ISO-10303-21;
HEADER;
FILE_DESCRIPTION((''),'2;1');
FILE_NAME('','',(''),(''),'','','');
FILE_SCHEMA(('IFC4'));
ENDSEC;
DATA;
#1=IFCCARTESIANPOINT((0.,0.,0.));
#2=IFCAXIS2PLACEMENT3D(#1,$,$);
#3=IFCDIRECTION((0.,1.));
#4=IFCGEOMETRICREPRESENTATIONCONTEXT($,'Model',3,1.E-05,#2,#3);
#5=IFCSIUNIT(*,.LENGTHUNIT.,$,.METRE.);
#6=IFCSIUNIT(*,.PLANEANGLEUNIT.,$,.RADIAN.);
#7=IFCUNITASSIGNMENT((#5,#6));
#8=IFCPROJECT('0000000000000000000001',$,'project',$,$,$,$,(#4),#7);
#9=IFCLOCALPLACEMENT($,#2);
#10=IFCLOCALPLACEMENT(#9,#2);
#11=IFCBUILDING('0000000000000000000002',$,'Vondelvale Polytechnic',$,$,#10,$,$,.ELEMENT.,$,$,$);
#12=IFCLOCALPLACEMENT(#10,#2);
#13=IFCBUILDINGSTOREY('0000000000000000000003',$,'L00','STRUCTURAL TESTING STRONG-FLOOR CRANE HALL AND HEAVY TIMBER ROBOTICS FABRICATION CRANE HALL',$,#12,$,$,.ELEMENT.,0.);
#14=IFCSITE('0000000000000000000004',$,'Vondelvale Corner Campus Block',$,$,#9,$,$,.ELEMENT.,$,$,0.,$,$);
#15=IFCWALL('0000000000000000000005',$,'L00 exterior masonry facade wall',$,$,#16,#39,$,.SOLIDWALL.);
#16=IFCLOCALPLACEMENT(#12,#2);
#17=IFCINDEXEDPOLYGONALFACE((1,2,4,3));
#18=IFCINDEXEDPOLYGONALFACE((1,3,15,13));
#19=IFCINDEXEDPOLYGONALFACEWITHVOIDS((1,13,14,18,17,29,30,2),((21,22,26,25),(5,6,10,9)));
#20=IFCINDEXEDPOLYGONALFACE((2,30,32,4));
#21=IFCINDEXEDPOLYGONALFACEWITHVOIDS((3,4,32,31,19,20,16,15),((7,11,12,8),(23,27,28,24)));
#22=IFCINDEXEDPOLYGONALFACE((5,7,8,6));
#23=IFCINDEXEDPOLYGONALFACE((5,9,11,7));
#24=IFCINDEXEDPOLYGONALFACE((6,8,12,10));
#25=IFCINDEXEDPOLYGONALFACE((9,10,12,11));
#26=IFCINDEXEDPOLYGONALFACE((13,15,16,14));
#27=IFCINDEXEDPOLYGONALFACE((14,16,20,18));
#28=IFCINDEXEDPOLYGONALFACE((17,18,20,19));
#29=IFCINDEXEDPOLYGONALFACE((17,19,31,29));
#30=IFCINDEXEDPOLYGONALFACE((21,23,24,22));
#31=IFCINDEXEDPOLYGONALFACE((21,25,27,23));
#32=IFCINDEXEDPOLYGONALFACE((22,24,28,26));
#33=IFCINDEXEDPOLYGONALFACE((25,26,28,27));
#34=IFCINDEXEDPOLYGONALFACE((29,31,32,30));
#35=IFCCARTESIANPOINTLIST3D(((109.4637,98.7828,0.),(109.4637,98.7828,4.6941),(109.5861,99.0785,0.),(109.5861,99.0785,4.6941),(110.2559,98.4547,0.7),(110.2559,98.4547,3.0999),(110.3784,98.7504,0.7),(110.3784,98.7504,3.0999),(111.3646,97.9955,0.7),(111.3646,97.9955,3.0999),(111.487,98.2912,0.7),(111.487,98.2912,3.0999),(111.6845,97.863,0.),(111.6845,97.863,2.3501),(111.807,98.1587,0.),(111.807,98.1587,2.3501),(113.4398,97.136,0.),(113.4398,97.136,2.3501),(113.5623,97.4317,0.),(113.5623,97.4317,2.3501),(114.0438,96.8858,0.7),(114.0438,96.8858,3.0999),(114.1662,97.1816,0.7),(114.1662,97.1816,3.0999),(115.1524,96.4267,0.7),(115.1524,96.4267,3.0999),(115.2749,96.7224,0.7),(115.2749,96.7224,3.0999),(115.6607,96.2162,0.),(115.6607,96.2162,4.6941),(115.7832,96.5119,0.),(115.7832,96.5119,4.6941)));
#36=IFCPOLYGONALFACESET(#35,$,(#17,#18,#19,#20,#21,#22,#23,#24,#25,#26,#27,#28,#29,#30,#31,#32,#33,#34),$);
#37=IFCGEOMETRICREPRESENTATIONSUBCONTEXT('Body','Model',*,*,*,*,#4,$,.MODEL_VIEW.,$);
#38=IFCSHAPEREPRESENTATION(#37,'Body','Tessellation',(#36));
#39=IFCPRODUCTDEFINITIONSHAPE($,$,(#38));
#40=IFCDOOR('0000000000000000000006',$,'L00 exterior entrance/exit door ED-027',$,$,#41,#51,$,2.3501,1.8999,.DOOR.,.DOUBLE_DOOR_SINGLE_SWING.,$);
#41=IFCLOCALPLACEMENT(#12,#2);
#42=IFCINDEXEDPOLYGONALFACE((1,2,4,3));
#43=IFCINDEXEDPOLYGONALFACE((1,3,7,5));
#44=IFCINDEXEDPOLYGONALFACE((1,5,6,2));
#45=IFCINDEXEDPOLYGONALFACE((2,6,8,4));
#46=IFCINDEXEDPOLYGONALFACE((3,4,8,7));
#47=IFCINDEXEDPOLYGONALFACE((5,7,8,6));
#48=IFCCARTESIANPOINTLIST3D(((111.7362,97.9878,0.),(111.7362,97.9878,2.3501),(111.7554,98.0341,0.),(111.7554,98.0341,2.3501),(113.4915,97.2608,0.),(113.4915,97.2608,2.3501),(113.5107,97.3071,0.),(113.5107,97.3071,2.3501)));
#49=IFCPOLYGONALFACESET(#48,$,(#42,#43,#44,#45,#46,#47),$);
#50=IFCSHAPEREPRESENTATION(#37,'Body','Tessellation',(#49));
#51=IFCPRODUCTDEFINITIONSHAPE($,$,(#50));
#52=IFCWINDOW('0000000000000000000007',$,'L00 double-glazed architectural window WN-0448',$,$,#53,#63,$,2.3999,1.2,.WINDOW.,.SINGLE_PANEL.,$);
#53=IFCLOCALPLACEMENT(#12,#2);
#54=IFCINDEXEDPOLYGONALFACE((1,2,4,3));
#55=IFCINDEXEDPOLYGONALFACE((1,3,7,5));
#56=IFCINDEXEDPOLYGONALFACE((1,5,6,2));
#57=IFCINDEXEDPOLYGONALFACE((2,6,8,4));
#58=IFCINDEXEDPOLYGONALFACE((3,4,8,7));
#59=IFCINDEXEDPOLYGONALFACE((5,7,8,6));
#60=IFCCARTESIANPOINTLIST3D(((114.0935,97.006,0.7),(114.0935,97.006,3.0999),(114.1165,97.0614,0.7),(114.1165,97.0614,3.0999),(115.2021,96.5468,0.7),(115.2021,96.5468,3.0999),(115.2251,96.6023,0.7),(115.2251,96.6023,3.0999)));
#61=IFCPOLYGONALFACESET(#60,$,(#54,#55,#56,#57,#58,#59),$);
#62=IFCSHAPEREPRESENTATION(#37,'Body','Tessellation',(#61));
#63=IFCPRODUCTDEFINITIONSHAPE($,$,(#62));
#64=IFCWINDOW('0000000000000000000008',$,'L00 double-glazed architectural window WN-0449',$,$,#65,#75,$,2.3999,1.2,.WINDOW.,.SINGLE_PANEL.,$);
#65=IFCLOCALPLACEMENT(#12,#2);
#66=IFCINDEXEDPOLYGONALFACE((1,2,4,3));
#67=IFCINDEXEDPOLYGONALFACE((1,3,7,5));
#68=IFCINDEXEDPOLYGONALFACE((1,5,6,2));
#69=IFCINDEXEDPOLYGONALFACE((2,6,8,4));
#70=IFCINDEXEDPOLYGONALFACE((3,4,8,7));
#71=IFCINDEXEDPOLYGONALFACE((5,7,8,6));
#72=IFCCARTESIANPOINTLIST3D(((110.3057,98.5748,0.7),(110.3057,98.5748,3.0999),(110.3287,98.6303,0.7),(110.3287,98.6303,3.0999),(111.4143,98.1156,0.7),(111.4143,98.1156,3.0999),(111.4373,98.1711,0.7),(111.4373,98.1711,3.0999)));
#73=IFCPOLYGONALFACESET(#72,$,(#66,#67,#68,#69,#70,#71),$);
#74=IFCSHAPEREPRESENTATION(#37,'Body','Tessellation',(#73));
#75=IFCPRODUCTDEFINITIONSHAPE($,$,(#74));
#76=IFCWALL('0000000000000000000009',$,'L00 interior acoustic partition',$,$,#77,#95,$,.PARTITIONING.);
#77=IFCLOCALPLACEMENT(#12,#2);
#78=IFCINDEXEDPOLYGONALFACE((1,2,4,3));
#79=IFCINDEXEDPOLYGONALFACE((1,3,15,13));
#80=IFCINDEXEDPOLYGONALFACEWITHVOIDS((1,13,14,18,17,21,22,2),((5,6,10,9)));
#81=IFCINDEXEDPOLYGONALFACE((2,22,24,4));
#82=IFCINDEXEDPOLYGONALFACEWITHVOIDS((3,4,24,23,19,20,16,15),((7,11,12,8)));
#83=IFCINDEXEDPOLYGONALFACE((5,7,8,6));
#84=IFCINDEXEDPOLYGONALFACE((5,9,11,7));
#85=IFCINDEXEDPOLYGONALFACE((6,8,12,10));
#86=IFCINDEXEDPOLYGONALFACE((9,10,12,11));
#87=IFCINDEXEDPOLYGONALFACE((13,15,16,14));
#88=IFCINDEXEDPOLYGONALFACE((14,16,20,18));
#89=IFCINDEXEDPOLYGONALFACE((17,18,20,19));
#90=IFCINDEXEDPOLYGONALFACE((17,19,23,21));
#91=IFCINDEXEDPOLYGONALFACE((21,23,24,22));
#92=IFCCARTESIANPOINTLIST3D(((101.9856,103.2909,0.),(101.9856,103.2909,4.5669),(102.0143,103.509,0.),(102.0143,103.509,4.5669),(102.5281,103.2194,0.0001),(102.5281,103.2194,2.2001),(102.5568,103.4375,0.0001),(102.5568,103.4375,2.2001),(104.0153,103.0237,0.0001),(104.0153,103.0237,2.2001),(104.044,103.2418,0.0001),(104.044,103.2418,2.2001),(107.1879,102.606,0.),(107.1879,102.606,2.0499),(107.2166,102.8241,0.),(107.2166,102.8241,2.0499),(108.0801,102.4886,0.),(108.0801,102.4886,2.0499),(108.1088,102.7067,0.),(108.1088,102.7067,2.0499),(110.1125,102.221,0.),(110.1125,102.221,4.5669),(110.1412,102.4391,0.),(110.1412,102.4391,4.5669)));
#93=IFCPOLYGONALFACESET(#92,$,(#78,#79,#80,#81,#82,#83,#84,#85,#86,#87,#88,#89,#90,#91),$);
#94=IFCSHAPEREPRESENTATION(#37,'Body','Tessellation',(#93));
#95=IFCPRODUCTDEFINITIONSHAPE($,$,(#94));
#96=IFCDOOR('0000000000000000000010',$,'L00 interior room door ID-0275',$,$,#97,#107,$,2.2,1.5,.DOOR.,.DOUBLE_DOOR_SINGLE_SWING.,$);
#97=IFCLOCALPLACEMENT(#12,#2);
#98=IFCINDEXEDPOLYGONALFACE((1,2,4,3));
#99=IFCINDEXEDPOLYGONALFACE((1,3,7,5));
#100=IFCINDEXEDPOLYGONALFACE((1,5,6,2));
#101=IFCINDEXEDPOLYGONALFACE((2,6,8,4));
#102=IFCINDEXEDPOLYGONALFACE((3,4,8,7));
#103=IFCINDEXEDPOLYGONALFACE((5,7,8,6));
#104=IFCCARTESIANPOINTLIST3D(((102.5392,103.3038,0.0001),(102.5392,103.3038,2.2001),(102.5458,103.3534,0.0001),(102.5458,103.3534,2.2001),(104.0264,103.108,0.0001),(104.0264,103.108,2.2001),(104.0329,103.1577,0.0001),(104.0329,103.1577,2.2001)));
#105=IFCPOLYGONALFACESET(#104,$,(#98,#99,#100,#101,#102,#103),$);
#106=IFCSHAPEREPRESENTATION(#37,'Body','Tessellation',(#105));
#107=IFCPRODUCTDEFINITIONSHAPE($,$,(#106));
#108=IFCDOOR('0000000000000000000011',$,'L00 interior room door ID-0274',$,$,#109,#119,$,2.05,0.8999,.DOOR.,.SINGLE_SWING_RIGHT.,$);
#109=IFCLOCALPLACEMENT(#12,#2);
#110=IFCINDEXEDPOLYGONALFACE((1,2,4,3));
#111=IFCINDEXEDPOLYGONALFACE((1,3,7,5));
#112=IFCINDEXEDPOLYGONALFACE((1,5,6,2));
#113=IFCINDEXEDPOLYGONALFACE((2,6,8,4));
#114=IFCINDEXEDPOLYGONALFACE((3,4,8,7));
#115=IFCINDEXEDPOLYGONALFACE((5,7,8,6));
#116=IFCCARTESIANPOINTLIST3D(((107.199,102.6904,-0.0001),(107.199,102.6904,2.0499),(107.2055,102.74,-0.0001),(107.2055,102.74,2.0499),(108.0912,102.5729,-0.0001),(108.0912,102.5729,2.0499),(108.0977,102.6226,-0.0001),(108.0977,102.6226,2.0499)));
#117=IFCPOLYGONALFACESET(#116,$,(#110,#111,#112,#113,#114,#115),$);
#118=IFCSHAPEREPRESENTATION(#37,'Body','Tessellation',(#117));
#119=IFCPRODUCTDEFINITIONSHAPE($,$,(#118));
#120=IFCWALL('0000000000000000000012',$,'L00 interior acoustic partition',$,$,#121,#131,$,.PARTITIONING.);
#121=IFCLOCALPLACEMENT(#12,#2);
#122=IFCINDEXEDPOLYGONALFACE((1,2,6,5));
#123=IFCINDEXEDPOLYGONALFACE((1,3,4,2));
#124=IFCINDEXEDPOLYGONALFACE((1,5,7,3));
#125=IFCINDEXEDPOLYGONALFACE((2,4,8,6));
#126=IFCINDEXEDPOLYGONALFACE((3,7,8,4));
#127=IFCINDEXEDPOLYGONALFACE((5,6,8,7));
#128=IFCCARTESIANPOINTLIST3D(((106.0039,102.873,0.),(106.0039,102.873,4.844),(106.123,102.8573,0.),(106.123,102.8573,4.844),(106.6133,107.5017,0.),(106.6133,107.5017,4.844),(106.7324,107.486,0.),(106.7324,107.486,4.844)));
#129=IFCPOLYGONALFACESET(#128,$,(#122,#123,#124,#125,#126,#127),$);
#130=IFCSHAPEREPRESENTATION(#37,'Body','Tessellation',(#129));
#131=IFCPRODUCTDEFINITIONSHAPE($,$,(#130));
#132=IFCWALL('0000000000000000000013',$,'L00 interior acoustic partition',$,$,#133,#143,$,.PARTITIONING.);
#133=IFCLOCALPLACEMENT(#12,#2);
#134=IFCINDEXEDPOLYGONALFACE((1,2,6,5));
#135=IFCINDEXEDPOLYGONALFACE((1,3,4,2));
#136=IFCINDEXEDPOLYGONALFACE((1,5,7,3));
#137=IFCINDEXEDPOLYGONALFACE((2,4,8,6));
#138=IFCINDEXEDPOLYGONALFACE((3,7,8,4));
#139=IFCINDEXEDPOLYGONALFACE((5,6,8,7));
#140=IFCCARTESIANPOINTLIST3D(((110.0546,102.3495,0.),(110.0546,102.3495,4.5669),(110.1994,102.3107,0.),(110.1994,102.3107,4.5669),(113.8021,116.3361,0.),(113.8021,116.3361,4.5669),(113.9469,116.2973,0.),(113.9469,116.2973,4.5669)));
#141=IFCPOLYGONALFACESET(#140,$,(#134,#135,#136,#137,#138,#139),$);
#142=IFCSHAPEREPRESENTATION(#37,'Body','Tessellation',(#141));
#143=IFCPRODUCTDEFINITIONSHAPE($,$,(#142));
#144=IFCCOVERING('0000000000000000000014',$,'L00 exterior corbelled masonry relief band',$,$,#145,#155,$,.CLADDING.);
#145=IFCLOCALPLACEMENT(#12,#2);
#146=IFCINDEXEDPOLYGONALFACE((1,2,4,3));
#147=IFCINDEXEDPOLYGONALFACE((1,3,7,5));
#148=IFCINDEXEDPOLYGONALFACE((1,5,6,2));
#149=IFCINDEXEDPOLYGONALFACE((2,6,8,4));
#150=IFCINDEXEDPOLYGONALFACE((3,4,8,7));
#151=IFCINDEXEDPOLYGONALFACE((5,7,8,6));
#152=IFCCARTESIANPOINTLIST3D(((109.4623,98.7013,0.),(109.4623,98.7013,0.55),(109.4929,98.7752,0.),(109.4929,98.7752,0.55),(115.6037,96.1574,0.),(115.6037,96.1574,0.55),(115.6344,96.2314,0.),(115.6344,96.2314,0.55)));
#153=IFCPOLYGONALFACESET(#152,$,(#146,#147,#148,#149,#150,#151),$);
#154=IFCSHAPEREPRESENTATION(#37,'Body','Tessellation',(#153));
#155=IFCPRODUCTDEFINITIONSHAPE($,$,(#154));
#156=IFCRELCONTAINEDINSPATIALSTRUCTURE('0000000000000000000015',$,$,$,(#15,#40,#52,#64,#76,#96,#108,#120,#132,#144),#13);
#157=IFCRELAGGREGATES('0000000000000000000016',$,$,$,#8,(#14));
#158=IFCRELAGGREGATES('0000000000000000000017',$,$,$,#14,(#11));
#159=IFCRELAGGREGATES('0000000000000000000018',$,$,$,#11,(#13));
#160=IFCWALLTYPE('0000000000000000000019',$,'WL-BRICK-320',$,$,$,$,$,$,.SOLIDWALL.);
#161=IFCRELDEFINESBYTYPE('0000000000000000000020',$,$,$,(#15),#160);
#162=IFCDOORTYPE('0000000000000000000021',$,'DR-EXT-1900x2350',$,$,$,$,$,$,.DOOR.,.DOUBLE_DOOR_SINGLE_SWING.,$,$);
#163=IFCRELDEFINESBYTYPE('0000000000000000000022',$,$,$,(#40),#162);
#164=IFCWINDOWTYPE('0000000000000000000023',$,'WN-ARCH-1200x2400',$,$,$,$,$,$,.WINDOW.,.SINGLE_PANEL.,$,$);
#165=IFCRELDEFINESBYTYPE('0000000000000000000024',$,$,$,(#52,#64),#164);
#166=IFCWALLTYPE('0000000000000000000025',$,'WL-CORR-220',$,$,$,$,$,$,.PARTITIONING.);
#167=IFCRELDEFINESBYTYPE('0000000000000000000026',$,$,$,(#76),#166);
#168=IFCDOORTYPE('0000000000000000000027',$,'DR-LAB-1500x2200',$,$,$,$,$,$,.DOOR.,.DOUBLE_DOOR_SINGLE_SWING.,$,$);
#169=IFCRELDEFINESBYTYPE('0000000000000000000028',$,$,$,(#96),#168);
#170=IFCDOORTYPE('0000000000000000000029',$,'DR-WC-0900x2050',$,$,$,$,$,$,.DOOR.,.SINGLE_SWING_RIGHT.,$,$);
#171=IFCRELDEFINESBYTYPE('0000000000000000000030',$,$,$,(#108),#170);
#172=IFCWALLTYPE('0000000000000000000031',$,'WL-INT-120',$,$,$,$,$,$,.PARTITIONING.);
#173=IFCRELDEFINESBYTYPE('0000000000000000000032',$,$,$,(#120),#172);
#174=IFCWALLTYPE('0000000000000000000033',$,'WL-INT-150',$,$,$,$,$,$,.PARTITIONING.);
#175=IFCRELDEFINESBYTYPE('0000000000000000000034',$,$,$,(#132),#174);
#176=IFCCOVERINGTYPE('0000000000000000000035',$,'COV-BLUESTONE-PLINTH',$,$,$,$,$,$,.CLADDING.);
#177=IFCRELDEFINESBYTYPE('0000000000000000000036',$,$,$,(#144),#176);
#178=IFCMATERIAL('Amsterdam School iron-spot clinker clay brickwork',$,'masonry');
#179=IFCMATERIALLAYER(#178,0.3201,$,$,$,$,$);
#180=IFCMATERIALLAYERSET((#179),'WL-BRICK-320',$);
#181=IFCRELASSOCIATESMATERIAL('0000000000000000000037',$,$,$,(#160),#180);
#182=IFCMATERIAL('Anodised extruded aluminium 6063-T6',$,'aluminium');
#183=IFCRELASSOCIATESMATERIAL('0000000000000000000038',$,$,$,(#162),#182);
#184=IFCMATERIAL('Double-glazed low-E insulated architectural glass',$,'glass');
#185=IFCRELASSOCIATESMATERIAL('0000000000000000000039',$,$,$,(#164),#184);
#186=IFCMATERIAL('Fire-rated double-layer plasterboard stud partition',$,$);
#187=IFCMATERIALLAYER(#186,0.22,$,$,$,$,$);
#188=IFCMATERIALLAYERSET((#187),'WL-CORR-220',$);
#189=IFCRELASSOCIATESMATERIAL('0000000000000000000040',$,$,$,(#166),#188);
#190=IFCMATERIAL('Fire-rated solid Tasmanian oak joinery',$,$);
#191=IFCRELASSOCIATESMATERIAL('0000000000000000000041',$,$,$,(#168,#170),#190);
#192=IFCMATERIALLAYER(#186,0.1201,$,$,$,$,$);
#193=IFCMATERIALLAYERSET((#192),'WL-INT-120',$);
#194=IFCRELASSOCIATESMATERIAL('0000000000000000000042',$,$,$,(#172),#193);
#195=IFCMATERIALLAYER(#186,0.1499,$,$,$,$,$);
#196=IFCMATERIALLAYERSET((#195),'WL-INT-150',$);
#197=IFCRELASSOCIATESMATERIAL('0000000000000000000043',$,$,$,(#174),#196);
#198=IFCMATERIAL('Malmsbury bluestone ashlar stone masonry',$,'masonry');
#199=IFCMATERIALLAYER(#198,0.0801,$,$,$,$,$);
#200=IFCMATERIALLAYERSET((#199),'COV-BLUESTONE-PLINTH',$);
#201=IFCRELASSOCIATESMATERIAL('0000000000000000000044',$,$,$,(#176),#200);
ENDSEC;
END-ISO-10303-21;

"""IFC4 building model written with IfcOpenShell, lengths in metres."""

from ifc_helpers import new_model, si_unit, direction, frame, frame_2d, origin, origin_2d, place, context, subcontext, project, spatial, rectangle, extrude, material, layer, layer_set, type_object, element, fill, save


model = new_model("IFC4")

# Units and contexts
model_context = context("Model", 3, precision=1e-05, world=origin(), true_north=direction((0.0, 1.0)))
body_context = subcontext(model_context, "Body", "Model", "MODEL_VIEW")
ifc_project = project(units=[si_unit("LENGTHUNIT", "METRE"), si_unit("PLANEANGLEUNIT", "RADIAN")], contexts=[model_context])

# Site, building, storey
site_placement = place(None, origin())
site = spatial("IfcSite", under=ifc_project, at=site_placement, Name="Vondelvale Corner Campus Block", CompositionType="ELEMENT", RefElevation=0.0)
building_placement = place(site_placement, origin())
building = spatial("IfcBuilding", under=site, at=building_placement, Name="Vondelvale Polytechnic", CompositionType="ELEMENT")
storey_placement = place(building_placement, origin())
storey = spatial("IfcBuildingStorey", under=building, at=storey_placement, Name="L00", Description="STRUCTURAL TESTING STRONG-FLOOR CRANE HALL AND HEAVY TIMBER ROBOTICS FABRICATION CRANE HALL", CompositionType="ELEMENT", Elevation=0.0)

# Shared definitions
ifc_material_1 = material(Name="Anodised extruded aluminium 6063-T6", Category="aluminium")
ifc_material_2 = material(Name="Double-glazed low-E insulated architectural glass", Category="glass")

# Wall, openings, door, windows
ifc_material_3 = material(Name="Amsterdam School iron-spot clinker clay brickwork", Category="masonry")
ifc_layer_1 = layer(ifc_material_3, 0.3201)
ifc_layer_set_1 = layer_set([ifc_layer_1], Name="WL-BRICK-320")
wall_type_1 = type_object("IfcWallType", Name="WL-BRICK-320", PredefinedType="SOLIDWALL", material=ifc_layer_set_1)
wall_1_placement = place(storey_placement, frame((115.7219, 96.364, 0.0), z_axis=(0.0, 0.0, 1.0), x_axis=(-0.923892, 0.382653, 0.0)))
wall_1 = element("IfcWall", 1, at=wall_1_placement, inside=storey, type_object=wall_type_1, Name="L00 exterior masonry facade wall", PredefinedType="SOLIDWALL", context=body_context, shape_type="SweptSolid", body=[
    extrude(rectangle(XDim=6.7075, YDim=0.3201, at=frame_2d((3.3538, 0.0))), origin(), (0.0, 0.0, 1.0), 4.6941),
])
opening_1_placement = place(wall_1_placement, frame((2.4038, 0.0, 0.0)))
opening_1 = element("IfcOpeningElement", 2, at=opening_1_placement, cuts=wall_1, PredefinedType="OPENING", context=body_context, shape_type="SweptSolid", body=[
    extrude(rectangle(XDim=1.8999, YDim=2.3501, at=frame_2d((0.95, 1.175))), frame((0.0, 0.1699, 0.0), z_axis=(0.0, -1.0, 0.0), x_axis=(1.0, 0.0, 0.0)), (0.0, 0.0, 1.0), 0.3401),
])
opening_2_placement = place(wall_1_placement, frame((0.55, 0.0, 0.7)))
opening_2 = element("IfcOpeningElement", 3, at=opening_2_placement, cuts=wall_1, PredefinedType="OPENING", context=body_context, shape_type="SweptSolid", body=[
    extrude(rectangle(XDim=1.2, YDim=2.3999, at=frame_2d((0.6001, 1.2))), frame((0.0, 0.1699, 0.0), z_axis=(0.0, -1.0, 0.0), x_axis=(1.0, 0.0, 0.0)), (0.0, 0.0, 1.0), 0.3401),
])
opening_3_placement = place(wall_1_placement, frame((4.6499, 0.0, 0.7)))
opening_3 = element("IfcOpeningElement", 4, at=opening_3_placement, cuts=wall_1, PredefinedType="OPENING", context=body_context, shape_type="SweptSolid", body=[
    extrude(rectangle(XDim=1.2, YDim=2.3999, at=frame_2d((0.6001, 1.2))), frame((0.0, 0.1699, 0.0), z_axis=(0.0, -1.0, 0.0), x_axis=(1.0, 0.0, 0.0)), (0.0, 0.0, 1.0), 0.3401),
])
door_type_1 = type_object("IfcDoorType", Name="DR-EXT-1900x2350", OperationType="DOUBLE_DOOR_SINGLE_SWING", PredefinedType="DOOR", material=ifc_material_1)
door_1_placement = place(opening_1_placement, origin())
door_1 = element("IfcDoor", 5, at=door_1_placement, inside=storey, type_object=door_type_1, Name="L00 exterior entrance/exit door ED-027", OperationType="DOUBLE_DOOR_SINGLE_SWING", OverallHeight=2.3501, OverallWidth=1.8999, PredefinedType="DOOR", context=body_context, shape_type="SweptSolid", body=[
    extrude(rectangle(XDim=1.8999, YDim=2.3501, at=frame_2d((0.95, 1.175))), frame((0.0, 0.0249, 0.0), z_axis=(0.0, -1.0, 0.0), x_axis=(1.0, 0.0, 0.0)), (0.0, 0.0, 1.0), 0.05),
])
fill(opening_1, door_1)
window_type = type_object("IfcWindowType", Name="WN-ARCH-1200x2400", PartitioningType="SINGLE_PANEL", PredefinedType="WINDOW", material=ifc_material_2)
window_1_placement = place(opening_2_placement, origin())
window_1 = element("IfcWindow", 6, at=window_1_placement, inside=storey, type_object=window_type, Name="L00 double-glazed architectural window WN-0448", OverallHeight=2.3999, OverallWidth=1.2, PartitioningType="SINGLE_PANEL", PredefinedType="WINDOW", context=body_context, shape_type="SweptSolid", body=[
    extrude(rectangle(XDim=1.2, YDim=2.3999, at=frame_2d((0.6001, 1.2))), frame((0.0, 0.03, 0.0), z_axis=(0.0, -1.0, 0.0), x_axis=(1.0, 0.0, 0.0)), (0.0, 0.0, 1.0), 0.0601),
])
fill(opening_2, window_1)
window_2_placement = place(opening_3_placement, origin())
window_2 = element("IfcWindow", 7, at=window_2_placement, inside=storey, type_object=window_type, Name="L00 double-glazed architectural window WN-0449", OverallHeight=2.3999, OverallWidth=1.2, PartitioningType="SINGLE_PANEL", PredefinedType="WINDOW", context=body_context, shape_type="SweptSolid", body=[
    extrude(rectangle(XDim=1.2, YDim=2.3999, at=frame_2d((0.6001, 1.2))), frame((0.0, 0.03, 0.0), z_axis=(0.0, -1.0, 0.0), x_axis=(1.0, 0.0, 0.0)), (0.0, 0.0, 1.0), 0.0601),
])
fill(opening_3, window_2)

# Wall, openings, doors
ifc_material_4 = material(Name="Fire-rated double-layer plasterboard stud partition")
ifc_layer_2 = layer(ifc_material_4, 0.22)
ifc_layer_set_2 = layer_set([ifc_layer_2], Name="WL-CORR-220")
wall_type_2 = type_object("IfcWallType", Name="WL-CORR-220", PredefinedType="PARTITIONING", material=ifc_layer_set_2)
wall_2_placement = place(storey_placement, frame((110.127, 102.3301, 0.0), z_axis=(0.0, 0.0, 1.0), x_axis=(-0.991447, 0.130513, 0.0)))
wall_2 = element("IfcWall", 8, at=wall_2_placement, inside=storey, type_object=wall_type_2, Name="L00 interior acoustic partition", PredefinedType="PARTITIONING", context=body_context, shape_type="SweptSolid", body=[
    extrude(rectangle(XDim=8.197, YDim=0.22, at=frame_2d((4.0986, 0.0))), origin(), (0.0, 0.0, 1.0), 4.5669),
])
opening_4_placement = place(wall_2_placement, frame((2.05, 0.0, 0.0)))
opening_4 = element("IfcOpeningElement", 9, at=opening_4_placement, cuts=wall_2, PredefinedType="OPENING", context=body_context, shape_type="SweptSolid", body=[
    extrude(rectangle(XDim=0.8999, YDim=2.05, at=frame_2d((0.45, 1.0249))), frame((0.0, 0.1199, 0.0), z_axis=(0.0, -1.0, 0.0), x_axis=(1.0, 0.0, 0.0)), (0.0, 0.0, 1.0), 0.24),
])
opening_5_placement = place(wall_2_placement, frame((6.1499, 0.0, 0.0)))
opening_5 = element("IfcOpeningElement", 10, at=opening_5_placement, cuts=wall_2, PredefinedType="OPENING", context=body_context, shape_type="SweptSolid", body=[
    extrude(rectangle(XDim=1.5, YDim=2.2, at=frame_2d((0.75, 1.1001))), frame((0.0, 0.1199, 0.0), z_axis=(0.0, -1.0, 0.0), x_axis=(1.0, 0.0, 0.0)), (0.0, 0.0, 1.0), 0.24),
])
ifc_material_5 = material(Name="Fire-rated solid Tasmanian oak joinery")
door_type_2 = type_object("IfcDoorType", Name="DR-LAB-1500x2200", OperationType="DOUBLE_DOOR_SINGLE_SWING", PredefinedType="DOOR", material=ifc_material_5)
door_2_placement = place(opening_5_placement, origin())
door_2 = element("IfcDoor", 11, at=door_2_placement, inside=storey, type_object=door_type_2, Name="L00 interior room door ID-0275", OperationType="DOUBLE_DOOR_SINGLE_SWING", OverallHeight=2.2, OverallWidth=1.5, PredefinedType="DOOR", context=body_context, shape_type="SweptSolid", body=[
    extrude(rectangle(XDim=1.5, YDim=2.2, at=frame_2d((0.75, 1.1001))), frame((0.0, 0.0249, 0.0), z_axis=(0.0, -1.0, 0.0), x_axis=(1.0, 0.0, 0.0)), (0.0, 0.0, 1.0), 0.05),
])
fill(opening_5, door_2)
door_type_3 = type_object("IfcDoorType", Name="DR-WC-0900x2050", OperationType="SINGLE_SWING_RIGHT", PredefinedType="DOOR", material=ifc_material_5)
door_3_placement = place(opening_4_placement, origin())
door_3 = element("IfcDoor", 12, at=door_3_placement, inside=storey, type_object=door_type_3, Name="L00 interior room door ID-0274", OperationType="SINGLE_SWING_RIGHT", OverallHeight=2.05, OverallWidth=0.8999, PredefinedType="DOOR", context=body_context, shape_type="SweptSolid", body=[
    extrude(rectangle(XDim=0.8999, YDim=2.05, at=frame_2d((0.45, 1.0249))), frame((0.0, 0.0249, 0.0), z_axis=(0.0, -1.0, 0.0), x_axis=(1.0, 0.0, 0.0)), (0.0, 0.0, 1.0), 0.05),
])
fill(opening_4, door_3)

# Walls
ifc_layer_3 = layer(ifc_material_4, 0.1201)
ifc_layer_set_3 = layer_set([ifc_layer_3], Name="WL-INT-120")
wall_type_3 = type_object("IfcWallType", Name="WL-INT-120", PredefinedType="PARTITIONING", material=ifc_layer_set_3)
wall_3_placement = place(storey_placement, frame((106.0635, 102.865, 0.0), z_axis=(0.0, 0.0, 1.0), x_axis=(0.130526, 0.991445, 0.0)))
element("IfcWall", 13, at=wall_3_placement, inside=storey, type_object=wall_type_3, Name="L00 interior acoustic partition", PredefinedType="PARTITIONING", context=body_context, shape_type="SweptSolid", body=[
    extrude(rectangle(XDim=4.6687, YDim=0.1201, at=frame_2d((2.3345, 0.0))), origin(), (0.0, 0.0, 1.0), 4.844),
])
ifc_layer_4 = layer(ifc_material_4, 0.1499)
ifc_layer_set_4 = layer_set([ifc_layer_4], Name="WL-INT-150")
wall_type_4 = type_object("IfcWallType", Name="WL-INT-150", PredefinedType="PARTITIONING", material=ifc_layer_set_4)
wall_4_placement = place(storey_placement, frame((110.127, 102.3301, 0.0), z_axis=(0.0, 0.0, 1.0), x_axis=(0.258811, 0.965928, 0.0)))
element("IfcWall", 14, at=wall_4_placement, inside=storey, type_object=wall_type_4, Name="L00 interior acoustic partition", PredefinedType="PARTITIONING", context=body_context, shape_type="SweptSolid", body=[
    extrude(rectangle(XDim=14.48, YDim=0.1499, at=frame_2d((7.24, 0.0))), origin(), (0.0, 0.0, 1.0), 4.5669),
])

# Covering
ifc_material_6 = material(Name="Malmsbury bluestone ashlar stone masonry", Category="masonry")
ifc_layer_5 = layer(ifc_material_6, 0.0801)
ifc_layer_set_5 = layer_set([ifc_layer_5], Name="COV-BLUESTONE-PLINTH")
covering_type_1 = type_object("IfcCoveringType", Name="COV-BLUESTONE-PLINTH", PredefinedType="CLADDING", material=ifc_layer_set_5)
covering_1_placement = place(storey_placement, frame((112.5483, 97.4663, 0.0), z_axis=(0.0, 0.0, 1.0), x_axis=(-0.92388, 0.382683, 0.0)))
element("IfcCovering", 15, at=covering_1_placement, inside=storey, type_object=covering_type_1, Name="L00 exterior corbelled masonry relief band", PredefinedType="CLADDING", context=body_context, shape_type="SweptSolid", body=[
    extrude(rectangle(XDim=6.6475, YDim=0.0801, at=origin_2d()), origin(), (0.0, 0.0, 1.0), 0.55),
])

save(model, "model.ifc")
